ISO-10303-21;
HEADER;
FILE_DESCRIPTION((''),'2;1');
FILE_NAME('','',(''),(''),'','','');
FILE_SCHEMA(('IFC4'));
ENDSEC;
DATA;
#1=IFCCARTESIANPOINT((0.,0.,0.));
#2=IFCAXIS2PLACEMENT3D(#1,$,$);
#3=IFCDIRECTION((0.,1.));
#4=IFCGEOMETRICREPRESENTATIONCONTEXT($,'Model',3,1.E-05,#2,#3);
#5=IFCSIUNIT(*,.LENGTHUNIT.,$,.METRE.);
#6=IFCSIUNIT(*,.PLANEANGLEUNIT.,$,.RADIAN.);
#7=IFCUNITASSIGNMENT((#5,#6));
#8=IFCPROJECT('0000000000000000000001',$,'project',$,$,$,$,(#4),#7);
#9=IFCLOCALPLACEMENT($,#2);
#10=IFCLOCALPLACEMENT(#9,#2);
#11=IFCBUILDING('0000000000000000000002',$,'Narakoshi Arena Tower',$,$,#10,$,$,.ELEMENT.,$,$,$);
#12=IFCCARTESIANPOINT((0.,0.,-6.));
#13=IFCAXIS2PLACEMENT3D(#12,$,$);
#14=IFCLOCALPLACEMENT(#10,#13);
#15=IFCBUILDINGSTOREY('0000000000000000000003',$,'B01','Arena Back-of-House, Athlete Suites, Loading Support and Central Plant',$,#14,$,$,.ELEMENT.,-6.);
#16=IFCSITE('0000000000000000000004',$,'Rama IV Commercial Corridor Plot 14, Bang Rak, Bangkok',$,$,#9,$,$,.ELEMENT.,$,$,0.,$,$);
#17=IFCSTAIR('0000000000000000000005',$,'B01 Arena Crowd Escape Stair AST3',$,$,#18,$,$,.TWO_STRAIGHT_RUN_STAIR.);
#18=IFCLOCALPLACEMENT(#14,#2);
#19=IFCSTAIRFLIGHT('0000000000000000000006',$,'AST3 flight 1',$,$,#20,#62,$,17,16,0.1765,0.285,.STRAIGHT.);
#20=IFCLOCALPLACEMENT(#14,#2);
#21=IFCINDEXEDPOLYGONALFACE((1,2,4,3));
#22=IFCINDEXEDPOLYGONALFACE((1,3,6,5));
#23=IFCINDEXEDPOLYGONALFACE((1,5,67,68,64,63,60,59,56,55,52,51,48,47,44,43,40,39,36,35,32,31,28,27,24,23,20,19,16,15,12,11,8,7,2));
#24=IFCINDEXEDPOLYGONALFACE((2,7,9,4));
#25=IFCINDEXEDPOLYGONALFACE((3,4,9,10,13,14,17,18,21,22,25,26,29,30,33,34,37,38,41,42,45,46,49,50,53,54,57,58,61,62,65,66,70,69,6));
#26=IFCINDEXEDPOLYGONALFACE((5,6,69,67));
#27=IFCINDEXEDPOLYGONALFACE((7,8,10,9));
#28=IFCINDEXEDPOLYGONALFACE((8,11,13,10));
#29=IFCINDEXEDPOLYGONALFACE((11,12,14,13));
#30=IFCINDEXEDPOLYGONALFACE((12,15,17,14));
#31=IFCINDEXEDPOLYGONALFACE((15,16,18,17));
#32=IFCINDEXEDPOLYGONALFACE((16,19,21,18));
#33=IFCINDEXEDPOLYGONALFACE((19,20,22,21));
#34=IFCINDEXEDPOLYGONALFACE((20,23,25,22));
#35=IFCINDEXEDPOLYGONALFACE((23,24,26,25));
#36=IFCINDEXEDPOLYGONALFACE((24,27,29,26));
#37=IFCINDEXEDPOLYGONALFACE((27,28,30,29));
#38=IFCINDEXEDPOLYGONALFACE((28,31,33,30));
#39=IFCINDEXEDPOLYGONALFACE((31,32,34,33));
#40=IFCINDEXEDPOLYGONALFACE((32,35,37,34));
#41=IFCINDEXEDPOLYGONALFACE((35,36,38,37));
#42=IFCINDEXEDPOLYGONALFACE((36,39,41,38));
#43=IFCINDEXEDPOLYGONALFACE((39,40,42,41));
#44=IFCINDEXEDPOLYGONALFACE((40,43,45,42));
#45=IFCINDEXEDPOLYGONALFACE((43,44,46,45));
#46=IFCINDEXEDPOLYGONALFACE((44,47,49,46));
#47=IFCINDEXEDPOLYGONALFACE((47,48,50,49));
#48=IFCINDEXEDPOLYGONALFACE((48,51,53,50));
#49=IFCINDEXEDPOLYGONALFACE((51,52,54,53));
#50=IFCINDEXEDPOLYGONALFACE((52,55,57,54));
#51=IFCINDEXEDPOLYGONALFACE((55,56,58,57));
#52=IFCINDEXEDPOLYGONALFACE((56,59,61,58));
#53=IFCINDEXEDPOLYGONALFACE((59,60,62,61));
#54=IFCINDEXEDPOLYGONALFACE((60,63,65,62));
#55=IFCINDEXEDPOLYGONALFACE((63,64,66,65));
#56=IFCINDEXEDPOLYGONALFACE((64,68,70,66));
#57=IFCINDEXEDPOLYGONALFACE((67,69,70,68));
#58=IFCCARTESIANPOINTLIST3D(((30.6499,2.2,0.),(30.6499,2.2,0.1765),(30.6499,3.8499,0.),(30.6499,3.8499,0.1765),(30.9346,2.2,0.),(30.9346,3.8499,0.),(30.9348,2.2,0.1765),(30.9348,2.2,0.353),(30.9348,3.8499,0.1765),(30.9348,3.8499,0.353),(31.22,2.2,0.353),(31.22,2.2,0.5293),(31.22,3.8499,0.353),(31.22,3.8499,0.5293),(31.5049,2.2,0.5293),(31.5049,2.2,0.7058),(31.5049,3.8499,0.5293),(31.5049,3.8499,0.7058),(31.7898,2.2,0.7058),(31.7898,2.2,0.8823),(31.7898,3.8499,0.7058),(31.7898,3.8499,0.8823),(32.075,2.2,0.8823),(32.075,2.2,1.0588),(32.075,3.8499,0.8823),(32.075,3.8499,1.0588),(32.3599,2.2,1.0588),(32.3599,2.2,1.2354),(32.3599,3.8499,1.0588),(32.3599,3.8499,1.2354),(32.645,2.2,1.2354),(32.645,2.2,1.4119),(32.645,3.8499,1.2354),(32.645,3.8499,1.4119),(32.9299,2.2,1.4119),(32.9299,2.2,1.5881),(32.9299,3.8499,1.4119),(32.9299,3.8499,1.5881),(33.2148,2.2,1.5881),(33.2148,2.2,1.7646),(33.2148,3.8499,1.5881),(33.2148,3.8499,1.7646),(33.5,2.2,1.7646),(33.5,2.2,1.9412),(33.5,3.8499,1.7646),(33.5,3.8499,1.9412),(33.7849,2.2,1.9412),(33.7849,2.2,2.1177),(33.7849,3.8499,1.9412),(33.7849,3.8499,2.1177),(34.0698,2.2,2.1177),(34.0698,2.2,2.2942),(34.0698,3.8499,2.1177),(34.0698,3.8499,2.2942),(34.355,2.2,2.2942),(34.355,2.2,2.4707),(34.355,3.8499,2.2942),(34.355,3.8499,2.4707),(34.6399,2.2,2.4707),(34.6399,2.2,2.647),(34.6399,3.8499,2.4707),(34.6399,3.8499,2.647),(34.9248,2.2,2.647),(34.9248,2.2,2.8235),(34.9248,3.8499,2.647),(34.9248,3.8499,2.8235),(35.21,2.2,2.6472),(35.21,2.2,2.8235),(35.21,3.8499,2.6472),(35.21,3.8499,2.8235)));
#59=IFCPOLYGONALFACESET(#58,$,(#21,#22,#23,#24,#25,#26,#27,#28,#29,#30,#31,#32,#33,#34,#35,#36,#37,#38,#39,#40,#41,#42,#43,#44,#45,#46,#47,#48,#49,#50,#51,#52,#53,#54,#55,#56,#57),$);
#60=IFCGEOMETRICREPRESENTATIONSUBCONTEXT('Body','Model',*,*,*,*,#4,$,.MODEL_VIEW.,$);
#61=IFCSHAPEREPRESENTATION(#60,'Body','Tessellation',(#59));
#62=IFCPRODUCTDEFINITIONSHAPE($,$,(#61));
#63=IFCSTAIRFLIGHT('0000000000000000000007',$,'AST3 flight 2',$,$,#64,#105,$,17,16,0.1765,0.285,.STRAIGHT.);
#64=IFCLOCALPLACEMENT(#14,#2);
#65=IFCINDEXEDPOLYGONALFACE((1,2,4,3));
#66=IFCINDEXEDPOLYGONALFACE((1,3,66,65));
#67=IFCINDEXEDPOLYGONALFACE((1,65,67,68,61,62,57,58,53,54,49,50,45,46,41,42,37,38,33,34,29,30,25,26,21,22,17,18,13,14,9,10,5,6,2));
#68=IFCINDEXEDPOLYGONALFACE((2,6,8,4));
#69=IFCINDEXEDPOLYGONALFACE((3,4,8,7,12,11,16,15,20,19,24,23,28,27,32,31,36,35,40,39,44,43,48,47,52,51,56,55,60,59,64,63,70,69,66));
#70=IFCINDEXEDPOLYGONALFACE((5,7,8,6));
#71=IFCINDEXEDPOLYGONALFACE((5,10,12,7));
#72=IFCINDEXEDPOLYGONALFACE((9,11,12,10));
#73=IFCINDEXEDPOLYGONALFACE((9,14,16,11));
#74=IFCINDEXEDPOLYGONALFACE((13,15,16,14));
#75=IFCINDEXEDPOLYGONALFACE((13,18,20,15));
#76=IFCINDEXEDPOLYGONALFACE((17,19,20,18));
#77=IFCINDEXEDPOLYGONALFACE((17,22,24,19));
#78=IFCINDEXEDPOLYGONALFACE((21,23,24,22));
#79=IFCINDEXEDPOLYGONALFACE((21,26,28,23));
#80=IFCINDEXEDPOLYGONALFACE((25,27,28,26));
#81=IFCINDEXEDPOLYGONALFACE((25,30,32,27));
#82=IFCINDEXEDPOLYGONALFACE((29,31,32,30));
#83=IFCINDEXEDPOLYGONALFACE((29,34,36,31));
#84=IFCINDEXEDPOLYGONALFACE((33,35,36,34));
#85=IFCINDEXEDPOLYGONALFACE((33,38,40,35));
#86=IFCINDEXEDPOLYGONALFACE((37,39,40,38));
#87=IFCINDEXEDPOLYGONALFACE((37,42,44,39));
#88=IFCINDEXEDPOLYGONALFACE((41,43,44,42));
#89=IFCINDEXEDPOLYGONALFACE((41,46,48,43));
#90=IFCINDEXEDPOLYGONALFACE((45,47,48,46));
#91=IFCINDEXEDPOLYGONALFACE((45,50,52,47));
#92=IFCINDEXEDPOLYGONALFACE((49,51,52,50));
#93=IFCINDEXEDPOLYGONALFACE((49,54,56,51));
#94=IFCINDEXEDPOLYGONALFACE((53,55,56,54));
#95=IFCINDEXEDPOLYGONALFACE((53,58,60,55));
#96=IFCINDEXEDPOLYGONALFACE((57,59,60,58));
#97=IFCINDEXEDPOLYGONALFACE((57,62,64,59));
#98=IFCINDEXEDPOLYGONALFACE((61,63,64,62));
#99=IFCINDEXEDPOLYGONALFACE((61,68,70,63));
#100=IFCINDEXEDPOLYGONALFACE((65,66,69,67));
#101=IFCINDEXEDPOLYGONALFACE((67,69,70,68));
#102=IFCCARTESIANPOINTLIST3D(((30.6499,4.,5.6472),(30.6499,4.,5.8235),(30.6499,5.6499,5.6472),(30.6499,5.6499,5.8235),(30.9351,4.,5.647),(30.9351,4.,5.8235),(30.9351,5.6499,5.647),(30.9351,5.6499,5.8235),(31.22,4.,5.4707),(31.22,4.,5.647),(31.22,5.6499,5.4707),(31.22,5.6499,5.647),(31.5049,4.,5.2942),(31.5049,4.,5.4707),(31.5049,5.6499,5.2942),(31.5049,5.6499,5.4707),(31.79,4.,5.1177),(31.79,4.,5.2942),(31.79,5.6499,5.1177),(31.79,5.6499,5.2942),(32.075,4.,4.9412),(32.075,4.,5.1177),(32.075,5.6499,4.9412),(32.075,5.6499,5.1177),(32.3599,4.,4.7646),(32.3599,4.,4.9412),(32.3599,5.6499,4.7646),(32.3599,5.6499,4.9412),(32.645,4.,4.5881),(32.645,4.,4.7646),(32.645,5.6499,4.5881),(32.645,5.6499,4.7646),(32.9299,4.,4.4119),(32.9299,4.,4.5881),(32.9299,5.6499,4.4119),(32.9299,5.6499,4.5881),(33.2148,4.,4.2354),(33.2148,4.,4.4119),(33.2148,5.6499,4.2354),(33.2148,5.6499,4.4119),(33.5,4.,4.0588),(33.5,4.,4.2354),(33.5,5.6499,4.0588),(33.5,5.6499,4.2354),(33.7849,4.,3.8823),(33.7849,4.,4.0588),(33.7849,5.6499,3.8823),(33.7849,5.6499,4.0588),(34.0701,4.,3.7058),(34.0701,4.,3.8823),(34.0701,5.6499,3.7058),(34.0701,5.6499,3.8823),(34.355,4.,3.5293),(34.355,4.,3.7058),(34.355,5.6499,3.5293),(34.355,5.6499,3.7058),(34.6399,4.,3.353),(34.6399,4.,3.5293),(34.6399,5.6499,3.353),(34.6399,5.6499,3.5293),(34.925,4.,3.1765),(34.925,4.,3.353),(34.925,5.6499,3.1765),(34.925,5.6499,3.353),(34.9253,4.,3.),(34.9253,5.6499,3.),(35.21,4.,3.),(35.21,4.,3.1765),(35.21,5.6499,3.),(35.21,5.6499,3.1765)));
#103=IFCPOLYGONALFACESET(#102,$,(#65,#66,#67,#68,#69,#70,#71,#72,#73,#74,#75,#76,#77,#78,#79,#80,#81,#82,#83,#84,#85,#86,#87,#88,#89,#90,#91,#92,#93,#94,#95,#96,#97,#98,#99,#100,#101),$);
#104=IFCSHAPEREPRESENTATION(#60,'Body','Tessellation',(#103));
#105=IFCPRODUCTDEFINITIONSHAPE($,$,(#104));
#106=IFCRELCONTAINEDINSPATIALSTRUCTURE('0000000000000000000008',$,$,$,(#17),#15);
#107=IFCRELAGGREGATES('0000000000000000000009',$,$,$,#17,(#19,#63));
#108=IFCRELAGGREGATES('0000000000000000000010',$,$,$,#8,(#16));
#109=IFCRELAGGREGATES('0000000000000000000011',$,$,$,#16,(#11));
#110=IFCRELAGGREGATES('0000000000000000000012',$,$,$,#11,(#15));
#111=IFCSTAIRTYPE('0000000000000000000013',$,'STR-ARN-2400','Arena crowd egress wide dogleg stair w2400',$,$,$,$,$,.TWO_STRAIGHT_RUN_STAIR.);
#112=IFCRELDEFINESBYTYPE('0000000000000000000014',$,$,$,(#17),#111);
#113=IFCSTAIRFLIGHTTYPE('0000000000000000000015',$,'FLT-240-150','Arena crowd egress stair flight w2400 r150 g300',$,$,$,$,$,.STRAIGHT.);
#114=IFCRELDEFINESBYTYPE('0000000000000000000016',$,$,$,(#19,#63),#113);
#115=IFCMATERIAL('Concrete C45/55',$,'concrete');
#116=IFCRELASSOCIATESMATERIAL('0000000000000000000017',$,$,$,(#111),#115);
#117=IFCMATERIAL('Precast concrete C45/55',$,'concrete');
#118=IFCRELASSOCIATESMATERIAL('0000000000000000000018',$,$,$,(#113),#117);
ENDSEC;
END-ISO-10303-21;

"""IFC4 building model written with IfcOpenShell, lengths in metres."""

from ifc_helpers import new_model, si_unit, direction, frame, origin, place, context, subcontext, project, spatial, polyline, outline, extrude, material, type_object, element, aggregate, save


model = new_model("IFC4")

# Units and contexts
model_context = context("Model", 3, precision=1e-05, world=origin(), true_north=direction((0.0, 1.0)))
body_context = subcontext(model_context, "Body", "Model", "MODEL_VIEW")
ifc_project = project(units=[si_unit("LENGTHUNIT", "METRE"), si_unit("PLANEANGLEUNIT", "RADIAN")], contexts=[model_context])

# Site, building, storey
site_placement = place(None, origin())
site = spatial("IfcSite", under=ifc_project, at=site_placement, Name="Rama IV Commercial Corridor Plot 14, Bang Rak, Bangkok", CompositionType="ELEMENT", RefElevation=0.0)
building_placement = place(site_placement, origin())
building = spatial("IfcBuilding", under=site, at=building_placement, Name="Narakoshi Arena Tower", CompositionType="ELEMENT")
storey_placement = place(building_placement, frame((0.0, 0.0, -6.0)))
storey = spatial("IfcBuildingStorey", under=building, at=storey_placement, Name="B01", Description="Arena Back-of-House, Athlete Suites, Loading Support and Central Plant", CompositionType="ELEMENT", Elevation=-6.0)

# Shared definitions
ifc_material_1 = material(Name="Concrete C45/55", Category="concrete")

# Stair, stair flights
stair_type = type_object("IfcStairType", Name="STR-ARN-2400", Description="Arena crowd egress wide dogleg stair w2400", PredefinedType="TWO_STRAIGHT_RUN_STAIR", material=ifc_material_1)
stair_placement = place(storey_placement, origin())
stair = element("IfcStair", 1, at=stair_placement, inside=storey, type_object=stair_type, Name="B01 Arena Crowd Escape Stair AST3", PredefinedType="TWO_STRAIGHT_RUN_STAIR")
ifc_material_2 = material(Name="Precast concrete C45/55", Category="concrete")
stair_flight_type = type_object("IfcStairFlightType", Name="FLT-240-150", Description="Arena crowd egress stair flight w2400 r150 g300", PredefinedType="STRAIGHT", material=ifc_material_2)
stair_flight_1_placement = place(storey_placement, frame((30.6499, 3.0249, 0.0), z_axis=(0.0, 0.0, 1.0), x_axis=(1.0, 0.0, 0.0)))
stair_flight_1 = element("IfcStairFlight", 2, at=stair_flight_1_placement, type_object=stair_flight_type, Name="AST3 flight 1", NumberOfRisers=17, NumberOfTreads=16, PredefinedType="STRAIGHT", RiserHeight=0.1765, TreadLength=0.285, context=body_context, shape_type="SweptSolid", body=[
    extrude(outline(polyline([(0.0, 0.0), (0.0, 0.1765), (0.2849, 0.1765), (0.2849, 0.353), (0.5701, 0.353), (0.5701, 0.5293), (0.855, 0.5293), (0.855, 0.7058), (1.1399, 0.7058), (1.1399, 0.8823), (1.425, 0.8823), (1.425, 1.0588), (1.71, 1.0588), (1.71, 1.2354), (1.9951, 1.2354), (1.9951, 1.4119), (2.28, 1.4119), (2.28, 1.5881), (2.5649, 1.5881), (2.5649, 1.7646), (2.8501, 1.7646), (2.8501, 1.9412), (3.135, 1.9412), (3.135, 2.1177), (3.4199, 2.1177), (3.4199, 2.2942), (3.7051, 2.2942), (3.7051, 2.4707), (3.99, 2.4707), (3.99, 2.647), (4.2749, 2.647), (4.2749, 2.8235), (4.5601, 2.8235), (4.5601, 3.0), (4.5601, 2.6472), (0.2847, 0.0), (0.0, 0.0)])), frame((0.0, 0.825, 0.0), z_axis=(0.0, -1.0, 0.0), x_axis=(1.0, 0.0, 0.0)), (0.0, 0.0, 1.0), 1.6499),
])
stair_flight_2_placement = place(storey_placement, frame((35.21, 4.825, 3.0), z_axis=(0.0, 0.0, 1.0), x_axis=(-1.0, 0.0, 0.0)))
stair_flight_2 = element("IfcStairFlight", 3, at=stair_flight_2_placement, type_object=stair_flight_type, Name="AST3 flight 2", NumberOfRisers=17, NumberOfTreads=16, PredefinedType="STRAIGHT", RiserHeight=0.1765, TreadLength=0.285, context=body_context, shape_type="SweptSolid", body=[
    extrude(outline(polyline([(0.0, 0.0), (0.0, 0.1765), (0.2849, 0.1765), (0.2849, 0.353), (0.5701, 0.353), (0.5701, 0.5293), (0.855, 0.5293), (0.855, 0.7058), (1.1399, 0.7058), (1.1399, 0.8823), (1.425, 0.8823), (1.425, 1.0588), (1.71, 1.0588), (1.71, 1.2354), (1.9951, 1.2354), (1.9951, 1.4119), (2.28, 1.4119), (2.28, 1.5881), (2.5649, 1.5881), (2.5649, 1.7646), (2.8501, 1.7646), (2.8501, 1.9412), (3.135, 1.9412), (3.135, 2.1177), (3.4199, 2.1177), (3.4199, 2.2942), (3.7051, 2.2942), (3.7051, 2.4707), (3.99, 2.4707), (3.99, 2.647), (4.2749, 2.647), (4.2749, 2.8235), (4.5601, 2.8235), (4.5601, 3.0), (4.5601, 2.6472), (0.2847, 0.0), (0.0, 0.0)])), frame((0.0, 0.825, 0.0), z_axis=(0.0, -1.0, 0.0), x_axis=(1.0, 0.0, 0.0)), (0.0, 0.0, 1.0), 1.6499),
])
aggregate(stair, [stair_flight_1, stair_flight_2])

save(model, "model.ifc")
